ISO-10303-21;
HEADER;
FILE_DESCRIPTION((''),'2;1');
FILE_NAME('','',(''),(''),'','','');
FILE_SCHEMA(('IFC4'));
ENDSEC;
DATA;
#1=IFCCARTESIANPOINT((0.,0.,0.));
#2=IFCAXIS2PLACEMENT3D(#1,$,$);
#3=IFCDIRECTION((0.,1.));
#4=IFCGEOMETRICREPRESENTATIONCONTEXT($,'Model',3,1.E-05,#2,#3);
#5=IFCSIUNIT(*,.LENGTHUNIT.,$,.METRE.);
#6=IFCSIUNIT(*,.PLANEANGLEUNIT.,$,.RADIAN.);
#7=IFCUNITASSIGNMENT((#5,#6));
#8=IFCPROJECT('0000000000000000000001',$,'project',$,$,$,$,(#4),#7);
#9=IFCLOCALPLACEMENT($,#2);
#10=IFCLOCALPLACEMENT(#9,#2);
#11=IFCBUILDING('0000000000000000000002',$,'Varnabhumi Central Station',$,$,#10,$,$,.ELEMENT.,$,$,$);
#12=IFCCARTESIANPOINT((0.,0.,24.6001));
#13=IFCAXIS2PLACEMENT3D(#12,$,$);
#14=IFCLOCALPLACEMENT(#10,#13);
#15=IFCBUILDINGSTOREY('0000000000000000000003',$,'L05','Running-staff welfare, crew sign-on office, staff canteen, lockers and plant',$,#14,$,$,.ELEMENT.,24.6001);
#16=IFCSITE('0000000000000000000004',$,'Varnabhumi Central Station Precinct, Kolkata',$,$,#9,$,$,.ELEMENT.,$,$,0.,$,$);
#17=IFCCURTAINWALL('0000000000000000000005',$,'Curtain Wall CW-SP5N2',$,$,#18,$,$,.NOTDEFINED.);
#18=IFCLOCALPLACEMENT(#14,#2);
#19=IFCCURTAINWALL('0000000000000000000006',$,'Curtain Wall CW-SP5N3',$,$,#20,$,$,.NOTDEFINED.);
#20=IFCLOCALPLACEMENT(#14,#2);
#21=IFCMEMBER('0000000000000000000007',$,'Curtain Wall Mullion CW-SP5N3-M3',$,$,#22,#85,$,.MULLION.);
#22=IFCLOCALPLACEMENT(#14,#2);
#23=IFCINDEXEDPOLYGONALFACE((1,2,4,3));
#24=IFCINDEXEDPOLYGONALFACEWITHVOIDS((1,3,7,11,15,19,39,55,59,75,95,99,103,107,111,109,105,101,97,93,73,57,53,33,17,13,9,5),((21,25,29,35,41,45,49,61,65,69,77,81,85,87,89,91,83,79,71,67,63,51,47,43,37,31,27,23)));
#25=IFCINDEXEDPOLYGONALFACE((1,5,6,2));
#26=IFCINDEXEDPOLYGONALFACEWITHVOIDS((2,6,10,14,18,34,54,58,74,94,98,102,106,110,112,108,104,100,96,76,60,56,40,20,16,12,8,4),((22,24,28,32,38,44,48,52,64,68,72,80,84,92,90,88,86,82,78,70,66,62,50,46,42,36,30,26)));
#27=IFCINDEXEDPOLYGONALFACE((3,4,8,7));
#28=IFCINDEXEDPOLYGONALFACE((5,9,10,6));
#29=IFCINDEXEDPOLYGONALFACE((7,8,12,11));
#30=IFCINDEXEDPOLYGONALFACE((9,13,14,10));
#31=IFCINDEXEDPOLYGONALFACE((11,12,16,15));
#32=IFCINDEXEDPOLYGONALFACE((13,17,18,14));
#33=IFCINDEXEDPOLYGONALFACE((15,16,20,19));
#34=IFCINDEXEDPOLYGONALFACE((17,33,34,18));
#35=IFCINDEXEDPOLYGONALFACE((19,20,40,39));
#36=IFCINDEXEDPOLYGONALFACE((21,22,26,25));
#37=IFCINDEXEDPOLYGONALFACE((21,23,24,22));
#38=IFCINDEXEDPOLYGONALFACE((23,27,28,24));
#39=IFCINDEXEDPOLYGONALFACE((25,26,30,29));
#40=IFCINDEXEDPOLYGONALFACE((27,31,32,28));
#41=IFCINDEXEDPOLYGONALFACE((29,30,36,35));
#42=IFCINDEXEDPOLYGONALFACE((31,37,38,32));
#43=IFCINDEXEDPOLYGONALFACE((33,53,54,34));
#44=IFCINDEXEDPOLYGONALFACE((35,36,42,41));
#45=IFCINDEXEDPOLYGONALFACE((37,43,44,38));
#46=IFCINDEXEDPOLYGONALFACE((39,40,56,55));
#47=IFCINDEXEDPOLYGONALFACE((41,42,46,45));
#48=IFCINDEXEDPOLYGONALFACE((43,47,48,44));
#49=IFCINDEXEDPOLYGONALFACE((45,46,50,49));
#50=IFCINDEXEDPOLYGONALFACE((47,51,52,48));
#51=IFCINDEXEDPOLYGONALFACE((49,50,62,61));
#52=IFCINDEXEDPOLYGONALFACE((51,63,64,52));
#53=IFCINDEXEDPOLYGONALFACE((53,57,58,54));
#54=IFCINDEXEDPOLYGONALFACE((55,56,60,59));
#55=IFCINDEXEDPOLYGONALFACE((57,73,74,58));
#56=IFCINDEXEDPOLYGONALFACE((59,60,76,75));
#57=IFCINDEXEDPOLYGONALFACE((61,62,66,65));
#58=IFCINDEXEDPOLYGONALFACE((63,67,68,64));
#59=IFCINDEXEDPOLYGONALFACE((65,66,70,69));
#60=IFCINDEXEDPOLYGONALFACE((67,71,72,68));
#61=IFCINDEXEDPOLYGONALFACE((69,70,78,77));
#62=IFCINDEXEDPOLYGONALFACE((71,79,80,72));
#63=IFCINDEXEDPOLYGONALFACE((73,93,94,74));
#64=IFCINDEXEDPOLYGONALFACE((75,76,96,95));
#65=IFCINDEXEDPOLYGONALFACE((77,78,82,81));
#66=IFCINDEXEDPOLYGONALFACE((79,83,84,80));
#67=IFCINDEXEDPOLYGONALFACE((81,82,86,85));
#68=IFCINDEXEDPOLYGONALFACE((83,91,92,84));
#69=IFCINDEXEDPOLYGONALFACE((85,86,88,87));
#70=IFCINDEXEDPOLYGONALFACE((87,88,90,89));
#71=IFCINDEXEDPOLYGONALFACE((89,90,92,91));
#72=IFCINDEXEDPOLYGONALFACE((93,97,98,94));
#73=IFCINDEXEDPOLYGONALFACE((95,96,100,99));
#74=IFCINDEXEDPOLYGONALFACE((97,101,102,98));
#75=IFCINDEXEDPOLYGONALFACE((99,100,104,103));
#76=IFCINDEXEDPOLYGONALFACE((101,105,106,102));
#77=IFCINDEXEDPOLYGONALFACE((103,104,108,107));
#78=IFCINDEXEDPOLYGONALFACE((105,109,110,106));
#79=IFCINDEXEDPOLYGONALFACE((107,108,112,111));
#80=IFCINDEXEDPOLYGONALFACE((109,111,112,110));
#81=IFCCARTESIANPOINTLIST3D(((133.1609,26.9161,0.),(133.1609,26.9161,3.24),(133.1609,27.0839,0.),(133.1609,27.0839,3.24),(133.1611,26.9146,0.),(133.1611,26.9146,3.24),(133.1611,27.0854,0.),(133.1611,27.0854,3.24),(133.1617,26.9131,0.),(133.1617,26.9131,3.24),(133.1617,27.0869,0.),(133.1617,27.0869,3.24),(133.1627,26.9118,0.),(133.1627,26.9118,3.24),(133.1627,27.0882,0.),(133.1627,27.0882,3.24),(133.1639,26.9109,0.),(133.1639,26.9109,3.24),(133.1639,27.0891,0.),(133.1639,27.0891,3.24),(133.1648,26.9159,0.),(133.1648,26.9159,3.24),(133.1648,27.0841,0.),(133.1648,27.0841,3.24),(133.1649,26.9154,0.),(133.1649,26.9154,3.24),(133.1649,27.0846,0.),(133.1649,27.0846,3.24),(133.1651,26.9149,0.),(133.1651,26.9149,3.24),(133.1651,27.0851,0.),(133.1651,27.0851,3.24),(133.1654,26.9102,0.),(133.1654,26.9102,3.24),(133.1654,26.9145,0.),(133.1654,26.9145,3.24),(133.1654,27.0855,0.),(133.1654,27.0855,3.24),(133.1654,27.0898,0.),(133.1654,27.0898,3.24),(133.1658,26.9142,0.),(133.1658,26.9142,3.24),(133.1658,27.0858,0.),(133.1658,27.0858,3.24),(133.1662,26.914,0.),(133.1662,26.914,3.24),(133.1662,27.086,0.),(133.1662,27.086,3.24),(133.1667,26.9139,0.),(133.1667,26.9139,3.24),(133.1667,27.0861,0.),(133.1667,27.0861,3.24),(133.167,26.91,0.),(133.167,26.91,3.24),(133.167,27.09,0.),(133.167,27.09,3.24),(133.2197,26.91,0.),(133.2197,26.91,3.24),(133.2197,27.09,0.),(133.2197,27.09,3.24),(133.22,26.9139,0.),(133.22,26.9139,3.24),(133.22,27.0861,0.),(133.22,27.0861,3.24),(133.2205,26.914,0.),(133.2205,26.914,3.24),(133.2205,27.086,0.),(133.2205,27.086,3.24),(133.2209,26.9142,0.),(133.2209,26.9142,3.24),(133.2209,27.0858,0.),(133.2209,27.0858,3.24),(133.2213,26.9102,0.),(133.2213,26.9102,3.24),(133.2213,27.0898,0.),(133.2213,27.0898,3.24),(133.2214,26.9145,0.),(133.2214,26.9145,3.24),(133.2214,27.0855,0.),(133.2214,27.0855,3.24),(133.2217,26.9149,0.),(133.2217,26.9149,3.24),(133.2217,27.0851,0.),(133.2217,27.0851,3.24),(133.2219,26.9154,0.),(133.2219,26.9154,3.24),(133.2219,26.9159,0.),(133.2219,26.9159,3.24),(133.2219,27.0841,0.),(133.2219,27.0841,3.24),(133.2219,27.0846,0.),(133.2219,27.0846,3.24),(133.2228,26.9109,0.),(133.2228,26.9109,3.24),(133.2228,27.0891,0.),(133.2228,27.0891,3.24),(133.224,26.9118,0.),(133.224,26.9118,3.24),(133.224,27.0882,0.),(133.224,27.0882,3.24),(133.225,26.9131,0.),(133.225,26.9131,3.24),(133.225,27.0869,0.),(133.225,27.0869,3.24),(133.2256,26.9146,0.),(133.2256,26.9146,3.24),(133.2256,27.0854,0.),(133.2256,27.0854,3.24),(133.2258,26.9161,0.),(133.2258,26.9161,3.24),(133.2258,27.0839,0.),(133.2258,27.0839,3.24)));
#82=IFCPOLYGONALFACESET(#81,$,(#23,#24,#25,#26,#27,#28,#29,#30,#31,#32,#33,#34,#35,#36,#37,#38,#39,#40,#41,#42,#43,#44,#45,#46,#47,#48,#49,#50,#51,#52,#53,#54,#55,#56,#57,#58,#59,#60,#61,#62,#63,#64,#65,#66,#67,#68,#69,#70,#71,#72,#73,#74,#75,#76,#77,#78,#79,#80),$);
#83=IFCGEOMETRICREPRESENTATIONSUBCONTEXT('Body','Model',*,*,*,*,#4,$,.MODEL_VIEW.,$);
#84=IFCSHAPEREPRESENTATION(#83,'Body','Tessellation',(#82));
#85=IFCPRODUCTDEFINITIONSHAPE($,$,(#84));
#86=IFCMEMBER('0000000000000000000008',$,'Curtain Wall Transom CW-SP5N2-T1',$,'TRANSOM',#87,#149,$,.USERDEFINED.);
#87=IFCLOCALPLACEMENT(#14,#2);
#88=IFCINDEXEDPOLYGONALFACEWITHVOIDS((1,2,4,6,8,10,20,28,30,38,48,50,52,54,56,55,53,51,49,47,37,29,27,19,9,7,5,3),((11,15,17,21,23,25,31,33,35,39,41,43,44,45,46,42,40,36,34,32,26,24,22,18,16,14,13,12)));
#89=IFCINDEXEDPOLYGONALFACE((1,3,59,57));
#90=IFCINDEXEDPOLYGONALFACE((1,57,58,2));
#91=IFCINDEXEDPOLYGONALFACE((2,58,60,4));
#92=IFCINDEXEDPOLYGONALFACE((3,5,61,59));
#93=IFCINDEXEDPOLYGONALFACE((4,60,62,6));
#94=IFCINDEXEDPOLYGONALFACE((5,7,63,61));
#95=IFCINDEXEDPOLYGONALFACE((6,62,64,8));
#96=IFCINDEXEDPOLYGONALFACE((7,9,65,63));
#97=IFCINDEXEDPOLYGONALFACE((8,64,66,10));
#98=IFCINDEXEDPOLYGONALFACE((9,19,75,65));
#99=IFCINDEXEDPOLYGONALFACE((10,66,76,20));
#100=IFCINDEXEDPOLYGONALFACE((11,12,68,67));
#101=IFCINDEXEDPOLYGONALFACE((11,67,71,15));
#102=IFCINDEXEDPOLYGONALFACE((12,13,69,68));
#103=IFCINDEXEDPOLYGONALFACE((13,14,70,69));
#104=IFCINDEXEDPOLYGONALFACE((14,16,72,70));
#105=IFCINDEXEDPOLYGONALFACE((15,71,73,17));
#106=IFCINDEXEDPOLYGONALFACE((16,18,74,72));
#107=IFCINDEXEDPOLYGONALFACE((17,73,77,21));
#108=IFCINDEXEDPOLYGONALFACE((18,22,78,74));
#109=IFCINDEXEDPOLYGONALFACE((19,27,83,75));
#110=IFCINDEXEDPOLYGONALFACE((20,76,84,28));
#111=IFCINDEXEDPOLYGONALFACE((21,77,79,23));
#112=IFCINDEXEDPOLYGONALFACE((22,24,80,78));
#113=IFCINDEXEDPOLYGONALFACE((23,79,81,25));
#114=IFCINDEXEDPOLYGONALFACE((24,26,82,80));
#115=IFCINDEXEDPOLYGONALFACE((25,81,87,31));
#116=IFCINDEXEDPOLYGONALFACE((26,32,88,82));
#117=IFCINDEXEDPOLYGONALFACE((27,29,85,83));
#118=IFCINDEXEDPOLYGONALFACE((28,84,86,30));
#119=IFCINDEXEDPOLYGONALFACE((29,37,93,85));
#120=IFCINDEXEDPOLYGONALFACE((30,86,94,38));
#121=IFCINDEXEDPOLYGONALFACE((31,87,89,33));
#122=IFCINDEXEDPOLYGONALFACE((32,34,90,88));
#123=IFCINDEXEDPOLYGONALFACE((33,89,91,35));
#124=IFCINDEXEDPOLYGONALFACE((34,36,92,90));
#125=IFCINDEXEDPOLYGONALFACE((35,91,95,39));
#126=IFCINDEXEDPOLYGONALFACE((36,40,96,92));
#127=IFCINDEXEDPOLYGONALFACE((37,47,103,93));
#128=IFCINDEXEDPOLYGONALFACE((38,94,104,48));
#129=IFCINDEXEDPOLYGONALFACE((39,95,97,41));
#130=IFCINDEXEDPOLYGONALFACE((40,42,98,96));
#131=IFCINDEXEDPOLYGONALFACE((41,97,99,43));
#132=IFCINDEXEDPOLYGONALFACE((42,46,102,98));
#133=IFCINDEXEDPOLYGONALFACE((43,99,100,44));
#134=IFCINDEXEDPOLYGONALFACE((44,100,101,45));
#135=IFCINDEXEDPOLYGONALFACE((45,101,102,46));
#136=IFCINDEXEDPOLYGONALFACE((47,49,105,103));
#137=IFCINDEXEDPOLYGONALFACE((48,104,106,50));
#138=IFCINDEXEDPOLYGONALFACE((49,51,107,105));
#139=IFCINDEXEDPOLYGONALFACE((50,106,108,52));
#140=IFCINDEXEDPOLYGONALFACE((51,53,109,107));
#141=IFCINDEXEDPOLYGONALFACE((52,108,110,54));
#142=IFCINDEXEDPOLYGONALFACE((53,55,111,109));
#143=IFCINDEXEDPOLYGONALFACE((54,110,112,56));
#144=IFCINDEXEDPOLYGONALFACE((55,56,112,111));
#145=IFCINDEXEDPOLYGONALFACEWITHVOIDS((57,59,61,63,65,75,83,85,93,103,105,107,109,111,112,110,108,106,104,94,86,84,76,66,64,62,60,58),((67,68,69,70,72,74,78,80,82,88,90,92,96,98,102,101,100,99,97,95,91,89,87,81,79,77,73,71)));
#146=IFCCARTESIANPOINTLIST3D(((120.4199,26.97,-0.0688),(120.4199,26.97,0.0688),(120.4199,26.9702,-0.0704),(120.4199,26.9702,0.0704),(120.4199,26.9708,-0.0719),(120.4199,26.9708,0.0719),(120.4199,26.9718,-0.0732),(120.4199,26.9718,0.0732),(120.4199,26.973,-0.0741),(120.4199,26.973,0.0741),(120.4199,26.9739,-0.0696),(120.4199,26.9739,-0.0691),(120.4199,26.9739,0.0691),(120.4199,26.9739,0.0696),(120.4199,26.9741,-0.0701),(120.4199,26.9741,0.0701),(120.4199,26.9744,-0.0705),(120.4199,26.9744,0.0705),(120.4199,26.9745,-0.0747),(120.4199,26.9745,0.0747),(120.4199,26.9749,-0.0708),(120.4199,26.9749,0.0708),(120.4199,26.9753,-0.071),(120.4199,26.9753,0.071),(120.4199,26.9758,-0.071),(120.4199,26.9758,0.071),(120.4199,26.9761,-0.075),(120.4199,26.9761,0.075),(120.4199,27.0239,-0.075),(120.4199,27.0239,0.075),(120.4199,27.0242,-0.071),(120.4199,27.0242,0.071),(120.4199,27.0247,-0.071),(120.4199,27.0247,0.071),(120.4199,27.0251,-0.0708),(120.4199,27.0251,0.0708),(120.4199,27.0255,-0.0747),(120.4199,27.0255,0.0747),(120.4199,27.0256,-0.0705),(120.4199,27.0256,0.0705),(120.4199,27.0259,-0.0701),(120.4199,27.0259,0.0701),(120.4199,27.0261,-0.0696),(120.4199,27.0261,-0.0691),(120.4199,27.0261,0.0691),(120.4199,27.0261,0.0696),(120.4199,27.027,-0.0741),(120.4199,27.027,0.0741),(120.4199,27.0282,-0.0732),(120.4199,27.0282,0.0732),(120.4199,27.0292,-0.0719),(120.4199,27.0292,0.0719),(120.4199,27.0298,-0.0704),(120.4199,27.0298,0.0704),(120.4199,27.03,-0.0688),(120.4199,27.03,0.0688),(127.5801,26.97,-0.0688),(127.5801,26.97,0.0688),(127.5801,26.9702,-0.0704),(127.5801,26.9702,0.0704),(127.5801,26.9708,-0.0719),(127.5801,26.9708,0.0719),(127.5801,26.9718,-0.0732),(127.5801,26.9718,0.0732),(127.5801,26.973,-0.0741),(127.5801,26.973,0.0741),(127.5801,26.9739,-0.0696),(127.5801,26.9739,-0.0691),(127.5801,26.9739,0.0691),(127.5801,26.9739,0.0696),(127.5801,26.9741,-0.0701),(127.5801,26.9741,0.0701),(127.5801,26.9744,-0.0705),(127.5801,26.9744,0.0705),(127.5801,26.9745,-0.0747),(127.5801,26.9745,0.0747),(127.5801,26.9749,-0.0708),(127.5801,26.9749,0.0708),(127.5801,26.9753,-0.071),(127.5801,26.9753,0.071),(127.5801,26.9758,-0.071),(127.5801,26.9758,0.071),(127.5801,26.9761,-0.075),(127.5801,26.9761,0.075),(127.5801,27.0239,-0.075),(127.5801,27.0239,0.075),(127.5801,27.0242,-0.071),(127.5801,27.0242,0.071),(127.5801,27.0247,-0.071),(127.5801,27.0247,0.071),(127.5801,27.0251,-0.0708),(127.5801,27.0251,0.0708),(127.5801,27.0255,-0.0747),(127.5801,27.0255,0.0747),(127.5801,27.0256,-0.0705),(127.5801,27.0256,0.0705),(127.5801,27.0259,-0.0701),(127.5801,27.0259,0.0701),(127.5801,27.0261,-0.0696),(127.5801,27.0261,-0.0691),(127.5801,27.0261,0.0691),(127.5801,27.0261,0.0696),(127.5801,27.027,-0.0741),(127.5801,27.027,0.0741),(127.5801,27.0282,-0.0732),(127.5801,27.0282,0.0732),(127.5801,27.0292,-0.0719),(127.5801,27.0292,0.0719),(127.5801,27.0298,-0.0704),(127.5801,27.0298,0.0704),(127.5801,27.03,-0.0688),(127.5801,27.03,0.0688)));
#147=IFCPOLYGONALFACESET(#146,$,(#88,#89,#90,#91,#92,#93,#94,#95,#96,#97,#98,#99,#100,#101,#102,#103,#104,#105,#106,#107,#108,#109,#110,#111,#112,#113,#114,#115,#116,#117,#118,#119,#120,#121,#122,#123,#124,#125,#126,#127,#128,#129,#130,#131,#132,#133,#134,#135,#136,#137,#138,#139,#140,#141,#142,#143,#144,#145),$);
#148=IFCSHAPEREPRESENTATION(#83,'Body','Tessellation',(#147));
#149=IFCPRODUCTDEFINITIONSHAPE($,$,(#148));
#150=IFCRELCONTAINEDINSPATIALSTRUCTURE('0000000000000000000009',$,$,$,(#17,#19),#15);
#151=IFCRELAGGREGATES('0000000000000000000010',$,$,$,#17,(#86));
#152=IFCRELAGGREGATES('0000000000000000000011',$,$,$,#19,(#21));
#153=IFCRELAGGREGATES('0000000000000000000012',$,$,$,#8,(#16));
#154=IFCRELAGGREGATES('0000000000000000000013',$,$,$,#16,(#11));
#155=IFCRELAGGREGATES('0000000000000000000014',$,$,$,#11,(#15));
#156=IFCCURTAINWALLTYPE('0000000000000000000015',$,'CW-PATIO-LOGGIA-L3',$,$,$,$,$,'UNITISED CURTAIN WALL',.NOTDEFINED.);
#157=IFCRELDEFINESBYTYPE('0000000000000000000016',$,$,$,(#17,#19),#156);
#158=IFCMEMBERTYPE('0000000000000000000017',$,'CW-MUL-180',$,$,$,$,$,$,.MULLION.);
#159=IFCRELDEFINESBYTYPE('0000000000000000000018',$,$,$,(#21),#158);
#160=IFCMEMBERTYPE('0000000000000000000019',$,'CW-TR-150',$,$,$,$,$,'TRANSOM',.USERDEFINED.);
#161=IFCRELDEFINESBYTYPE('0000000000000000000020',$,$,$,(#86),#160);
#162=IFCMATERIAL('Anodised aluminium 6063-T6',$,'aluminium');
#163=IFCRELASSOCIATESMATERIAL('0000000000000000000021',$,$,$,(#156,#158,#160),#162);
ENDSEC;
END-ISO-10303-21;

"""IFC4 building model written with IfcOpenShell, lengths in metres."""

from ifc_helpers import new_model, si_unit, direction, frame, origin, origin_2d, place, context, subcontext, project, spatial, hollow_rectangle, extrude, material, material_profile, profile_set, type_object, element, aggregate, save


model = new_model("IFC4")

# Units and contexts
model_context = context("Model", 3, precision=1e-05, world=origin(), true_north=direction((0.0, 1.0)))
body_context = subcontext(model_context, "Body", "Model", "MODEL_VIEW")
ifc_project = project(units=[si_unit("LENGTHUNIT", "METRE"), si_unit("PLANEANGLEUNIT", "RADIAN")], contexts=[model_context])

# Site, building, storey
site_placement = place(None, origin())
site = spatial("IfcSite", under=ifc_project, at=site_placement, Name="Varnabhumi Central Station Precinct, Kolkata", CompositionType="ELEMENT", RefElevation=0.0)
building_placement = place(site_placement, origin())
building = spatial("IfcBuilding", under=site, at=building_placement, Name="Varnabhumi Central Station", CompositionType="ELEMENT")
storey_placement = place(building_placement, frame((0.0, 0.0, 24.6001)))
storey = spatial("IfcBuildingStorey", under=building, at=storey_placement, Name="L05", Description="Running-staff welfare, crew sign-on office, staff canteen, lockers and plant", CompositionType="ELEMENT", Elevation=24.6001)

# Curtain walls, member
ifc_material_1 = material(Name="Anodised aluminium 6063-T6", Category="aluminium")
curtain_wall_type = type_object("IfcCurtainWallType", Name="CW-PATIO-LOGGIA-L3", ElementType="UNITISED CURTAIN WALL", PredefinedType="NOTDEFINED", material=ifc_material_1)
curtain_wall_1_placement = place(storey_placement, origin())
curtain_wall_1 = element("IfcCurtainWall", 1, at=curtain_wall_1_placement, inside=storey, type_object=curtain_wall_type, Name="Curtain Wall CW-SP5N2", PredefinedType="NOTDEFINED")
ifc_material_profile_1 = material_profile(ifc_material_1, hollow_rectangle(XDim=0.0649, YDim=0.1799, WallThickness=0.0039, InnerFilletRadius=0.002, OuterFilletRadius=0.0061, at=origin_2d()), Name="Anodised aluminium 6063-T6", Category="aluminium")
ifc_profile_set_1 = profile_set([ifc_material_profile_1], Name="Anodised aluminium 6063-T6")
member_type_1 = type_object("IfcMemberType", Name="CW-MUL-180", PredefinedType="MULLION", material=ifc_profile_set_1)
curtain_wall_2_placement = place(storey_placement, origin())
curtain_wall_2 = element("IfcCurtainWall", 2, at=curtain_wall_2_placement, inside=storey, type_object=curtain_wall_type, Name="Curtain Wall CW-SP5N3", PredefinedType="NOTDEFINED")
member_1_placement = place(storey_placement, frame((133.1934, 27.0, 0.0), z_axis=(0.0, 0.0, 1.0), x_axis=(1.0, 0.0, 0.0)))
member_1 = element("IfcMember", 3, at=member_1_placement, type_object=member_type_1, Name="Curtain Wall Mullion CW-SP5N3-M3", PredefinedType="MULLION", context=body_context, shape_type="SweptSolid", body=[
    extrude(hollow_rectangle(XDim=0.0649, YDim=0.1799, WallThickness=0.0039, InnerFilletRadius=0.002, OuterFilletRadius=0.0061, at=origin_2d()), origin(), (0.0, 0.0, 1.0), 3.24),
])

# Member
ifc_material_profile_2 = material_profile(ifc_material_1, hollow_rectangle(XDim=0.0601, YDim=0.1499, WallThickness=0.0039, InnerFilletRadius=0.002, OuterFilletRadius=0.0061, at=origin_2d()), Name="Anodised aluminium 6063-T6", Category="aluminium")
ifc_profile_set_2 = profile_set([ifc_material_profile_2], Name="Anodised aluminium 6063-T6")
member_type_2 = type_object("IfcMemberType", Name="CW-TR-150", ElementType="TRANSOM", PredefinedType="USERDEFINED", material=ifc_profile_set_2)
member_2_placement = place(storey_placement, frame((120.4199, 27.0, 0.0), z_axis=(1.0, 0.0, 0.0), x_axis=(0.0, 1.0, 0.0)))
member_2 = element("IfcMember", 4, at=member_2_placement, type_object=member_type_2, Name="Curtain Wall Transom CW-SP5N2-T1", ObjectType="TRANSOM", PredefinedType="USERDEFINED", context=body_context, shape_type="SweptSolid", body=[
    extrude(hollow_rectangle(XDim=0.0601, YDim=0.1499, WallThickness=0.0039, InnerFilletRadius=0.002, OuterFilletRadius=0.0061, at=origin_2d()), origin(), (0.0, 0.0, 1.0), 7.1602),
])

aggregate(curtain_wall_1, [member_2])
aggregate(curtain_wall_2, [member_1])

save(model, "model.ifc")
